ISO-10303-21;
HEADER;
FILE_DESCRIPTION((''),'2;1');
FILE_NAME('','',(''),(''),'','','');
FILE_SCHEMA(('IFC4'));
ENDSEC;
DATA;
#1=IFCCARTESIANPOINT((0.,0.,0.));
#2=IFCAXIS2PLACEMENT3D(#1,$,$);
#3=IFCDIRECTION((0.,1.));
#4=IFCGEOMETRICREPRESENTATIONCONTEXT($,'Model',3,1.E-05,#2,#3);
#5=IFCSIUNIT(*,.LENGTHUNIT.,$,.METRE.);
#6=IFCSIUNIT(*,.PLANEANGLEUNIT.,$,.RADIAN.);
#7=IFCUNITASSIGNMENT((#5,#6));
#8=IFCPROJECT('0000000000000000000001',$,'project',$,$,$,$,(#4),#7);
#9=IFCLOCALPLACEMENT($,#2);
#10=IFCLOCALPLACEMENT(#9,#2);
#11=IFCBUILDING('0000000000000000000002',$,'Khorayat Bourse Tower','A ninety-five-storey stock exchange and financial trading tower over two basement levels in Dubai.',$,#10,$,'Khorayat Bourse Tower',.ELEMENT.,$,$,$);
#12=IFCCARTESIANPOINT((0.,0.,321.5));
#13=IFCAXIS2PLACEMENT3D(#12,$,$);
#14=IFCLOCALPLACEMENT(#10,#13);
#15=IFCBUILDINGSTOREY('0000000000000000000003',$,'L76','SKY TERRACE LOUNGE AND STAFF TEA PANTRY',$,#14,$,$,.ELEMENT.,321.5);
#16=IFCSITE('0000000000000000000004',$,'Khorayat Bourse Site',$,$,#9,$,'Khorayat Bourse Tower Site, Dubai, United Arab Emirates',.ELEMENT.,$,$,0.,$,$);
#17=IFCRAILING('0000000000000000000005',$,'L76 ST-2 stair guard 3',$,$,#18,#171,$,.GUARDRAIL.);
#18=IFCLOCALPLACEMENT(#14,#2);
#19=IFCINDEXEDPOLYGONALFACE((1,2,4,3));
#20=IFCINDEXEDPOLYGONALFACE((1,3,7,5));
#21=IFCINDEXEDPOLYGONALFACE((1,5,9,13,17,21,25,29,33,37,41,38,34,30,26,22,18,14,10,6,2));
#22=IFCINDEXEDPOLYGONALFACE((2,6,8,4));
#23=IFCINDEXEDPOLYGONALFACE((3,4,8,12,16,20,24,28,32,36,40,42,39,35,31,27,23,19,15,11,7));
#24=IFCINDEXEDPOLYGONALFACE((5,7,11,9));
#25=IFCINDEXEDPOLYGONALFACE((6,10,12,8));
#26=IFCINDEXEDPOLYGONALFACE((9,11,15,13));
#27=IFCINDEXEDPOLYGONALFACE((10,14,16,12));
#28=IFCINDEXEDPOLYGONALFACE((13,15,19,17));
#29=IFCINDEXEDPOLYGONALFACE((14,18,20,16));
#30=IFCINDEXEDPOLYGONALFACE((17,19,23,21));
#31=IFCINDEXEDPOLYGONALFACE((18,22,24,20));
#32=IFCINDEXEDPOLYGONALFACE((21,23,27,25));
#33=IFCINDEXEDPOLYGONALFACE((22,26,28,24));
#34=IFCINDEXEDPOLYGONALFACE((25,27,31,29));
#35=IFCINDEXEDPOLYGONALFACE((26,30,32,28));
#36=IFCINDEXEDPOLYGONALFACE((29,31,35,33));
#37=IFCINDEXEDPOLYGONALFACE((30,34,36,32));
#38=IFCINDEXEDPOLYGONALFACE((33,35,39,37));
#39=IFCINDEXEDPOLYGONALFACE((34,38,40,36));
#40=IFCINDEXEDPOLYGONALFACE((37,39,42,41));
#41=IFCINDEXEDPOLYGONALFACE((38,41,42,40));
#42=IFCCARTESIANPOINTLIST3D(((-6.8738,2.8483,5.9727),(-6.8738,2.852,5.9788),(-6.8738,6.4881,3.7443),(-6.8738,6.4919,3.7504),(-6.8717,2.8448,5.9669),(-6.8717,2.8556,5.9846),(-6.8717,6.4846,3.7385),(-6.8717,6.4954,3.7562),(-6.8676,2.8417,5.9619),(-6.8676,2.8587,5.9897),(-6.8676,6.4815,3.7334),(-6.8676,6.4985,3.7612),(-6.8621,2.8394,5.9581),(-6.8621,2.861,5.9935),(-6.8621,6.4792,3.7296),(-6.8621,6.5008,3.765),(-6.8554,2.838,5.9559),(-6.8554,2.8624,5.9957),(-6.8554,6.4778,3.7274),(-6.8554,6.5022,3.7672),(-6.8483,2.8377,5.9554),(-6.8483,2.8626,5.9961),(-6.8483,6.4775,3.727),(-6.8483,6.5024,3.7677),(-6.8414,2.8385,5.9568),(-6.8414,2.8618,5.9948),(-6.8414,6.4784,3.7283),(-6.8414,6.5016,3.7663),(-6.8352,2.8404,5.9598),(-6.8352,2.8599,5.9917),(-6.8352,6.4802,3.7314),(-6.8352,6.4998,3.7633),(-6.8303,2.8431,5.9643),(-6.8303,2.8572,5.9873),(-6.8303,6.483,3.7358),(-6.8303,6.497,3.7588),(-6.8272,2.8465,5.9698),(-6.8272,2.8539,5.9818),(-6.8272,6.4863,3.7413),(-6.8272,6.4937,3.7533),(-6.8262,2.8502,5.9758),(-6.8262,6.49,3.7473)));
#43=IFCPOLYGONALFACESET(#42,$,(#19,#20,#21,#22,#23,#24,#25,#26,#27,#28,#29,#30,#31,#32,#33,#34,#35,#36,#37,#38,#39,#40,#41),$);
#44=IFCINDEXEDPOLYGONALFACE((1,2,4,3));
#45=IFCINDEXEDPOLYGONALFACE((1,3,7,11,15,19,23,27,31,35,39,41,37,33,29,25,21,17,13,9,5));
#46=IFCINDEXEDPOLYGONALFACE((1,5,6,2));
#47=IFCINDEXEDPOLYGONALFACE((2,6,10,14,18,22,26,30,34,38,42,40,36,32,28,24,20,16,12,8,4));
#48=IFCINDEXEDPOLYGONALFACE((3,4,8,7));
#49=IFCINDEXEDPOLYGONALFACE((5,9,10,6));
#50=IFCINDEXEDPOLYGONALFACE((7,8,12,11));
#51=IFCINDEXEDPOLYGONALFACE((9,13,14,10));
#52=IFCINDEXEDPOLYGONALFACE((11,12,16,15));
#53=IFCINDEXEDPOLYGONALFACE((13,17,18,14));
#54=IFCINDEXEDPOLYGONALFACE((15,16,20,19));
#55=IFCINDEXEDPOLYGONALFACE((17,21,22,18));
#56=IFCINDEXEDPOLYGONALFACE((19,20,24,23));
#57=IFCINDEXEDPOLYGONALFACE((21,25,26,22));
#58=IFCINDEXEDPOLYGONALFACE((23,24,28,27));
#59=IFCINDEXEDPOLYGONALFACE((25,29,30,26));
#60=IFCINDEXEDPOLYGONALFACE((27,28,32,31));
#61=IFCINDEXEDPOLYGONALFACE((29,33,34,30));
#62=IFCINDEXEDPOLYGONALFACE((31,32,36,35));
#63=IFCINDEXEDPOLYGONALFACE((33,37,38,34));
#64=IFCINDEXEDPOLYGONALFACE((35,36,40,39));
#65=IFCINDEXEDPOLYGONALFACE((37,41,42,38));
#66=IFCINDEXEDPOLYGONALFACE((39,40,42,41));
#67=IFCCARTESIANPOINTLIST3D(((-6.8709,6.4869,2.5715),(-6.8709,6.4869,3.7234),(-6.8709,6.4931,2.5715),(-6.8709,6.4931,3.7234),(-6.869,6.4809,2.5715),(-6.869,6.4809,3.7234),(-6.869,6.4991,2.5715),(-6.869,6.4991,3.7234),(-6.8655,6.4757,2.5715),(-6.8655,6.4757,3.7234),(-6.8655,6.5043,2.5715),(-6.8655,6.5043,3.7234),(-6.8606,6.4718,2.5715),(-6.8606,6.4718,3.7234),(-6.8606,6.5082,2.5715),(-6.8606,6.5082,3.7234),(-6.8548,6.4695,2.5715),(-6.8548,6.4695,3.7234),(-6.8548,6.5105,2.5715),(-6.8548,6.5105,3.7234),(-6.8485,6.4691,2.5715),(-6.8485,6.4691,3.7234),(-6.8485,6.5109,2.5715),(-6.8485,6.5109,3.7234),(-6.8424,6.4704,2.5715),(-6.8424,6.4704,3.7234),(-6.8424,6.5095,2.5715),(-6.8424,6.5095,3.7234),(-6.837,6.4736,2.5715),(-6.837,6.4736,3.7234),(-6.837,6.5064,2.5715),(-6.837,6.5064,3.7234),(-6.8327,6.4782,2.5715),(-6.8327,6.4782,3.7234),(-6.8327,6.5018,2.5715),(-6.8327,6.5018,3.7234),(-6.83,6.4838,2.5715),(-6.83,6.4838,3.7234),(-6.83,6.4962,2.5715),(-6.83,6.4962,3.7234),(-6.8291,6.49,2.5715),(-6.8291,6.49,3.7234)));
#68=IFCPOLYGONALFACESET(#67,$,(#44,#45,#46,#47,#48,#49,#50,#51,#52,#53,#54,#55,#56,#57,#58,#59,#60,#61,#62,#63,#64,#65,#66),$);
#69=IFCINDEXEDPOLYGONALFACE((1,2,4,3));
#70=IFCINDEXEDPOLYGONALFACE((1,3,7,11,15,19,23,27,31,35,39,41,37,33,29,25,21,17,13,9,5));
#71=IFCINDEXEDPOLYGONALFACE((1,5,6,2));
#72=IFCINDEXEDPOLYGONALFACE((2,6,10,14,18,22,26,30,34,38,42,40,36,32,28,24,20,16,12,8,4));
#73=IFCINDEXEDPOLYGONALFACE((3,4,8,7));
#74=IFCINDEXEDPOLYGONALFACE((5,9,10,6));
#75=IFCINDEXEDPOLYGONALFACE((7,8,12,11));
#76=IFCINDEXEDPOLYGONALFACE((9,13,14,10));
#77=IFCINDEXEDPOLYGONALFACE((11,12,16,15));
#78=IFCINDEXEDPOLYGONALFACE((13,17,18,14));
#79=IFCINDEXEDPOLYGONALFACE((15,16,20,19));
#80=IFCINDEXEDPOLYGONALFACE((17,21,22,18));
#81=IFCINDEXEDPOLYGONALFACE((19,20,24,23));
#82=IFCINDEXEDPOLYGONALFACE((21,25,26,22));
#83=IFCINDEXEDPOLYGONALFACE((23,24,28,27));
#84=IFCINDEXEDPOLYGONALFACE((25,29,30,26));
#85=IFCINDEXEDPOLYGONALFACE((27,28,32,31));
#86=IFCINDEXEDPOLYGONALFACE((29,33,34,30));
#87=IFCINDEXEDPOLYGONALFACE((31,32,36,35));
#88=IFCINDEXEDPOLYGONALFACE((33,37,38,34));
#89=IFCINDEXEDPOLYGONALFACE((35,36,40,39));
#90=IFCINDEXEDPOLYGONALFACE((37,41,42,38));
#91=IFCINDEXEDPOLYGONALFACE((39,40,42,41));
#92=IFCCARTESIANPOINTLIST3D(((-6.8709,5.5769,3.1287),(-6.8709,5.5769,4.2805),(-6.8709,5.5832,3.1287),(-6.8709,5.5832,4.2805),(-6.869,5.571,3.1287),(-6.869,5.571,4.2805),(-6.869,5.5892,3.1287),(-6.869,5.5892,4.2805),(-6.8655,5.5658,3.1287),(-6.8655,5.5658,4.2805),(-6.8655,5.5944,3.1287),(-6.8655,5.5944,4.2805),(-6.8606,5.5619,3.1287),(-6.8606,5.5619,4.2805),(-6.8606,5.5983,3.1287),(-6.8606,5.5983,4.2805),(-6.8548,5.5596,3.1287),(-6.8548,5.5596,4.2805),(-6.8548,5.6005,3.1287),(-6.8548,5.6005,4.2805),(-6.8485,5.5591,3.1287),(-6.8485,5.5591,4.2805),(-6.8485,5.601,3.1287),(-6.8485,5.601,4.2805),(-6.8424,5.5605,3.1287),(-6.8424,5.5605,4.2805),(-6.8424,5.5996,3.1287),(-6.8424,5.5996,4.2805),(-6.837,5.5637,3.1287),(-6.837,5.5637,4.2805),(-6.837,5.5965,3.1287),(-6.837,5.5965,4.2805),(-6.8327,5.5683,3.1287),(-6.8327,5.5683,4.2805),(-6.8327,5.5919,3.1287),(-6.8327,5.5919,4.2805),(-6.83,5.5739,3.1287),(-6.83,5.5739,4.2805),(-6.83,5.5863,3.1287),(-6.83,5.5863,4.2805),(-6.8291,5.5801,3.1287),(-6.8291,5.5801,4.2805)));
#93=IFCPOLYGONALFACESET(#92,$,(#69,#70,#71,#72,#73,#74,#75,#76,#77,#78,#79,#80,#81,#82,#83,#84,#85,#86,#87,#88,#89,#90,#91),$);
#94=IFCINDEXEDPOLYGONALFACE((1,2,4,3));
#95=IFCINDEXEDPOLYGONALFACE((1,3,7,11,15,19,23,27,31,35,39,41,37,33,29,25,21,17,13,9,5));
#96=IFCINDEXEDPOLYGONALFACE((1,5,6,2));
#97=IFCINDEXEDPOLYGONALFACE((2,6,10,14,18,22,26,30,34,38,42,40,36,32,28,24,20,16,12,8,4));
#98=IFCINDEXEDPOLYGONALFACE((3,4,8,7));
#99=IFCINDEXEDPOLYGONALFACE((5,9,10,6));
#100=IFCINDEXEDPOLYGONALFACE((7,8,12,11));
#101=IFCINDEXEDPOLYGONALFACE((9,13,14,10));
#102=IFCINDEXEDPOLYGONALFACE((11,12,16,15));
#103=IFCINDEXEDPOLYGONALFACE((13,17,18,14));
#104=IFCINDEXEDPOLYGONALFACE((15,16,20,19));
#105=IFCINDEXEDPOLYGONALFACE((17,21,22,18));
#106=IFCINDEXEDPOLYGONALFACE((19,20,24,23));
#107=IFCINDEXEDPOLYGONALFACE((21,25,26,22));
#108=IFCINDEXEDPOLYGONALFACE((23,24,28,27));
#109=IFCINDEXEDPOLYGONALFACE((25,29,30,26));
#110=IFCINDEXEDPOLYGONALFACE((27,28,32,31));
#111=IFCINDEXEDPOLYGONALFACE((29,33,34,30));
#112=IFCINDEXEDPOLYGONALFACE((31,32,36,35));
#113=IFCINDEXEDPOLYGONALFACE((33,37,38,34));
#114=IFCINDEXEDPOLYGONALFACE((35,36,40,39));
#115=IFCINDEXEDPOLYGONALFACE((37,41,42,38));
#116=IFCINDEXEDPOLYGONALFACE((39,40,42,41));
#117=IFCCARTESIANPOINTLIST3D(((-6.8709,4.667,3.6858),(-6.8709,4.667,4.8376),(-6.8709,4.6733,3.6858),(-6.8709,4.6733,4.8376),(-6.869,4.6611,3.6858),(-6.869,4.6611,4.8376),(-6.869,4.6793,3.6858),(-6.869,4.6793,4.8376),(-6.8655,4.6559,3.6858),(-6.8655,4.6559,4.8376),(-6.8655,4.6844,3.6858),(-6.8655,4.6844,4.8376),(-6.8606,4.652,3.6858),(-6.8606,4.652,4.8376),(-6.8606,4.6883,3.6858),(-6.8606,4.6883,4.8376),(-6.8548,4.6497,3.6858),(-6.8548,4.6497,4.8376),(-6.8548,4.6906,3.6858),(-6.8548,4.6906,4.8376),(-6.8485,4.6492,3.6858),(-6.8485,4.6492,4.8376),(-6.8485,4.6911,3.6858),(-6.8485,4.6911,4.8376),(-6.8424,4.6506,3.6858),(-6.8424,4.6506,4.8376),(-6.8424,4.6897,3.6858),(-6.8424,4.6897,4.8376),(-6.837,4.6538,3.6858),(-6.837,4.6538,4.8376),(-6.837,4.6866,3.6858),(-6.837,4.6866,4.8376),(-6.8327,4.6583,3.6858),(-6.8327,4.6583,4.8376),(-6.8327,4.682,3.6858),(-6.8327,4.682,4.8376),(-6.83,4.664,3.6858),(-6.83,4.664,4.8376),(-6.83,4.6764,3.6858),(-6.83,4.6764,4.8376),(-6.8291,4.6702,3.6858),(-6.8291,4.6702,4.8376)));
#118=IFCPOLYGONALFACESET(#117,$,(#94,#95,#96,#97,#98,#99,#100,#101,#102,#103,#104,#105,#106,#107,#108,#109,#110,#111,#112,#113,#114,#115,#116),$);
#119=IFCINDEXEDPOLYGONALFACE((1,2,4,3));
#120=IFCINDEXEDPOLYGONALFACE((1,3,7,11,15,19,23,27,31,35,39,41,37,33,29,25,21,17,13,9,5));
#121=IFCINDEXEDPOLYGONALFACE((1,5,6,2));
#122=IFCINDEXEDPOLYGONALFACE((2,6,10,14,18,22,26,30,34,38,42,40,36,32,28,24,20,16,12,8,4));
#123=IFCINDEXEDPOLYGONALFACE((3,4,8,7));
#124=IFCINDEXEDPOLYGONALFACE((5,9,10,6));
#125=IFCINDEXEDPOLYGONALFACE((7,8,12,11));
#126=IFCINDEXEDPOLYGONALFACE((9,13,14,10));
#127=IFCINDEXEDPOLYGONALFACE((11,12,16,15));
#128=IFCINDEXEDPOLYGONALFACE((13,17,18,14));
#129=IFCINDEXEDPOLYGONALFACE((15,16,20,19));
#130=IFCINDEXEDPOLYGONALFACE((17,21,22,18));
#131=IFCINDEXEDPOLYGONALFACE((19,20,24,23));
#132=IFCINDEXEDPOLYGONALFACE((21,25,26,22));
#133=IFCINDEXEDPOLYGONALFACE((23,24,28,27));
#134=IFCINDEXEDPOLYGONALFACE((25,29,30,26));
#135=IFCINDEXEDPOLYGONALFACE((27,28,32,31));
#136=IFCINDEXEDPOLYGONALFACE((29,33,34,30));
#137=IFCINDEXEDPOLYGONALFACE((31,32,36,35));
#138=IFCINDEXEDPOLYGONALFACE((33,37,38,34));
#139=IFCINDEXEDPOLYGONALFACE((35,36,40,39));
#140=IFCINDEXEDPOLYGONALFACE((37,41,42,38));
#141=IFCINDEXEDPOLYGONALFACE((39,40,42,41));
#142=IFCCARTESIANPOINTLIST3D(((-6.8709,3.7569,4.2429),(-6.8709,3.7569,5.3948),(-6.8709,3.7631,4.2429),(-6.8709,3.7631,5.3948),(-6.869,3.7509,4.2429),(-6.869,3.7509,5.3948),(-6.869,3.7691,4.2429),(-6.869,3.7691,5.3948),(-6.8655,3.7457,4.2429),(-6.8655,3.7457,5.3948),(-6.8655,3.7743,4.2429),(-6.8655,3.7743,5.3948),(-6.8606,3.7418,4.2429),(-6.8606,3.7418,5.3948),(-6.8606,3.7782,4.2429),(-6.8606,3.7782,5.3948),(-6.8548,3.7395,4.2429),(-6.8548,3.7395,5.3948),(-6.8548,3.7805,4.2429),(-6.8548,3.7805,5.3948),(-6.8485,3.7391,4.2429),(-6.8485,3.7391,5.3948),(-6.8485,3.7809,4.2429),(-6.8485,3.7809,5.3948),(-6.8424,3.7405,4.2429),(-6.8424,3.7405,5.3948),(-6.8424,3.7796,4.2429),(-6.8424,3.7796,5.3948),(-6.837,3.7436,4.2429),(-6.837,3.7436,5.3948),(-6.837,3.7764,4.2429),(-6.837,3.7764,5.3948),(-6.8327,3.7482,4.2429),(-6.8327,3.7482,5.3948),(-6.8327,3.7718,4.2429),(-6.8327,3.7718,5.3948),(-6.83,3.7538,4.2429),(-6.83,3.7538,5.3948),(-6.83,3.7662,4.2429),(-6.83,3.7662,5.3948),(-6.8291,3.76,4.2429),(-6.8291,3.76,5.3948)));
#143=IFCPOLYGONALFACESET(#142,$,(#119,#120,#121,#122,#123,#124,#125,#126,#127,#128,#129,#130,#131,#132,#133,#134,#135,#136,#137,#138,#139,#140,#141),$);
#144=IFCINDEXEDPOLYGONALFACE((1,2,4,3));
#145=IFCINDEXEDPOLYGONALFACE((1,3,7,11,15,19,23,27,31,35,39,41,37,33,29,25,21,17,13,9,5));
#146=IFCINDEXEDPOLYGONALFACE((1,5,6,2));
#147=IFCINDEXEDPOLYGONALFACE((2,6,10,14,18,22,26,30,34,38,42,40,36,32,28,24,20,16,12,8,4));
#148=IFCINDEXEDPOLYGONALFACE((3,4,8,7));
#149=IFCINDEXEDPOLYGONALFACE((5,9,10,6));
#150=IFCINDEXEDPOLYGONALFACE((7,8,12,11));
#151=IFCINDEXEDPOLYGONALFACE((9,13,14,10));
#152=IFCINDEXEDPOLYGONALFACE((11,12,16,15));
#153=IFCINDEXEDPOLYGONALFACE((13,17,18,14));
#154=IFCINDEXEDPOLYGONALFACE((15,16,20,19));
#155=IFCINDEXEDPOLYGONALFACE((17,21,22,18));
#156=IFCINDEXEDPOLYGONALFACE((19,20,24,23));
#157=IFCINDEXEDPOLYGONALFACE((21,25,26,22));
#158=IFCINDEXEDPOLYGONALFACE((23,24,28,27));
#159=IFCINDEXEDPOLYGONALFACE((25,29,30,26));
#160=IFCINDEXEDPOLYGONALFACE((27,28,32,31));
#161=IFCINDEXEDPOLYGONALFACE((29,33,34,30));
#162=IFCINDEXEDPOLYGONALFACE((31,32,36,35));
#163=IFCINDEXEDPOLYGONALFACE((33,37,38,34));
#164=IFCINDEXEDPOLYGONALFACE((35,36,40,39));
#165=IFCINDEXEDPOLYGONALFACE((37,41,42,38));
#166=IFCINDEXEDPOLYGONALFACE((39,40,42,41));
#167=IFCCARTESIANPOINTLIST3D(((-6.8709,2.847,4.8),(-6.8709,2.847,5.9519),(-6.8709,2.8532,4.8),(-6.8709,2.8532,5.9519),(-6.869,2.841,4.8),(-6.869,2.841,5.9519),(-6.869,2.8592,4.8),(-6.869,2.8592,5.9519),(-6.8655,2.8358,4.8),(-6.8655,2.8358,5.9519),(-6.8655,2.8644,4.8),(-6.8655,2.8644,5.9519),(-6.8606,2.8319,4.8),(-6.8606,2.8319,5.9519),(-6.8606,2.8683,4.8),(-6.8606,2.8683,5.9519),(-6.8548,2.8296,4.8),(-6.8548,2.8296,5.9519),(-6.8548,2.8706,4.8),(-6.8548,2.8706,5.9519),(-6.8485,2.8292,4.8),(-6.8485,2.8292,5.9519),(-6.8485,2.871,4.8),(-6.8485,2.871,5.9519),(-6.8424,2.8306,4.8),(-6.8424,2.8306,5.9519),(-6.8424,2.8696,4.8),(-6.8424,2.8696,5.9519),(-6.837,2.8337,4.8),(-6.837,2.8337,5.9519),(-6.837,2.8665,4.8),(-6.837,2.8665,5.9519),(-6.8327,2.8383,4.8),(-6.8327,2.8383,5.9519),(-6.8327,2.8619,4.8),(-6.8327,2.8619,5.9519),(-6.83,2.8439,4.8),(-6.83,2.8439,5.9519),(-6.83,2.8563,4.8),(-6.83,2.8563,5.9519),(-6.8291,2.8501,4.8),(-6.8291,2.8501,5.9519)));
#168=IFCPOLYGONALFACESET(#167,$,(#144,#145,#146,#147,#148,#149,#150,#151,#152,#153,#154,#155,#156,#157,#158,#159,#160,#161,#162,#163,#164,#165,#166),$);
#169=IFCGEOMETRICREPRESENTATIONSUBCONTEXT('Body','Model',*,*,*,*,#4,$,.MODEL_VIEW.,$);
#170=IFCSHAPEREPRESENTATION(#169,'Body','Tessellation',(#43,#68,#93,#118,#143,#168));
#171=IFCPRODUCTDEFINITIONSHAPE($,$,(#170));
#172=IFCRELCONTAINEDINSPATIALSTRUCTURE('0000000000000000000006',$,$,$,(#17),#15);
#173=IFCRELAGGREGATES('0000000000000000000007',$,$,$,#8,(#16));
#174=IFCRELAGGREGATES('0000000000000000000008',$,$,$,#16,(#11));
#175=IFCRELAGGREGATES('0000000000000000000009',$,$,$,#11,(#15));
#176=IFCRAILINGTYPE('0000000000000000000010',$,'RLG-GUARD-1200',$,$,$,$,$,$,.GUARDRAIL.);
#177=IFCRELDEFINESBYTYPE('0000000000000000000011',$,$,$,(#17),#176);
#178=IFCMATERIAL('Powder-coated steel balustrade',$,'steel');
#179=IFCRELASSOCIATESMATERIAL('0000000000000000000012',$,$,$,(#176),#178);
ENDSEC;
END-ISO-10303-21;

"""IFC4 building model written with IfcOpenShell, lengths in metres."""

from ifc_helpers import new_model, si_unit, direction, frame, origin, origin_2d, place, context, subcontext, project, spatial, circle, extrude, source, transform, mapped, material, type_object, element, save


model = new_model("IFC4")

# Units and contexts
model_context = context("Model", 3, precision=1e-05, world=origin(), true_north=direction((0.0, 1.0)))
body_context = subcontext(model_context, "Body", "Model", "MODEL_VIEW")
ifc_project = project(units=[si_unit("LENGTHUNIT", "METRE"), si_unit("PLANEANGLEUNIT", "RADIAN")], contexts=[model_context])

# Site, building, storey
site_placement = place(None, origin())
site = spatial("IfcSite", under=ifc_project, at=site_placement, Name="Khorayat Bourse Site", LongName="Khorayat Bourse Tower Site, Dubai, United Arab Emirates", CompositionType="ELEMENT", RefElevation=0.0)
building_placement = place(site_placement, origin())
building = spatial("IfcBuilding", under=site, at=building_placement, Name="Khorayat Bourse Tower", Description="A ninety-five-storey stock exchange and financial trading tower over two basement levels in Dubai.", LongName="Khorayat Bourse Tower", CompositionType="ELEMENT")
storey_placement = place(building_placement, frame((0.0, 0.0, 321.5)))
storey = spatial("IfcBuildingStorey", under=building, at=storey_placement, Name="L76", Description="SKY TERRACE LOUNGE AND STAFF TEA PANTRY", CompositionType="ELEMENT", Elevation=321.5)

# Railing
ifc_material_1 = material(Name="Powder-coated steel balustrade", Category="steel")
railing_type_1 = type_object("IfcRailingType", Name="RLG-GUARD-1200", PredefinedType="GUARDRAIL", material=ifc_material_1)
shared_shape_1 = source(origin(), body_context, "Body", "SweptSolid", [
    extrude(circle(Radius=0.0239, at=origin_2d()), frame((0.0, 0.0, 1.1758), z_axis=(0.0, -0.85285, 0.522156), x_axis=(1.0, 0.0, 0.0)), (0.0, 0.0, 1.0), 4.2678),
    extrude(circle(Radius=0.021, at=origin_2d()), origin(), (0.0, 0.0, 1.0), 1.1519),
    extrude(circle(Radius=0.021, at=origin_2d()), frame((0.0, -0.9099, 0.5571)), (0.0, 0.0, 1.0), 1.1519),
    extrude(circle(Radius=0.021, at=origin_2d()), frame((0.0, -1.8198, 1.1143)), (0.0, 0.0, 1.0), 1.1519),
    extrude(circle(Radius=0.021, at=origin_2d()), frame((0.0, -2.73, 1.6714)), (0.0, 0.0, 1.0), 1.1519),
    extrude(circle(Radius=0.021, at=origin_2d()), frame((0.0, -3.6399, 2.2285)), (0.0, 0.0, 1.0), 1.1519),
])
railing_1_placement = place(storey_placement, frame((-6.8501, 6.49, 2.5715)))
element("IfcRailing", 1, at=railing_1_placement, inside=storey, type_object=railing_type_1, Name="L76 ST-2 stair guard 3", PredefinedType="GUARDRAIL", context=body_context, shape_type="MappedRepresentation", body=[
    mapped(shared_shape_1, transform((0.0, 0.0, 0.0), scale=1.0)),
])

save(model, "model.ifc")
